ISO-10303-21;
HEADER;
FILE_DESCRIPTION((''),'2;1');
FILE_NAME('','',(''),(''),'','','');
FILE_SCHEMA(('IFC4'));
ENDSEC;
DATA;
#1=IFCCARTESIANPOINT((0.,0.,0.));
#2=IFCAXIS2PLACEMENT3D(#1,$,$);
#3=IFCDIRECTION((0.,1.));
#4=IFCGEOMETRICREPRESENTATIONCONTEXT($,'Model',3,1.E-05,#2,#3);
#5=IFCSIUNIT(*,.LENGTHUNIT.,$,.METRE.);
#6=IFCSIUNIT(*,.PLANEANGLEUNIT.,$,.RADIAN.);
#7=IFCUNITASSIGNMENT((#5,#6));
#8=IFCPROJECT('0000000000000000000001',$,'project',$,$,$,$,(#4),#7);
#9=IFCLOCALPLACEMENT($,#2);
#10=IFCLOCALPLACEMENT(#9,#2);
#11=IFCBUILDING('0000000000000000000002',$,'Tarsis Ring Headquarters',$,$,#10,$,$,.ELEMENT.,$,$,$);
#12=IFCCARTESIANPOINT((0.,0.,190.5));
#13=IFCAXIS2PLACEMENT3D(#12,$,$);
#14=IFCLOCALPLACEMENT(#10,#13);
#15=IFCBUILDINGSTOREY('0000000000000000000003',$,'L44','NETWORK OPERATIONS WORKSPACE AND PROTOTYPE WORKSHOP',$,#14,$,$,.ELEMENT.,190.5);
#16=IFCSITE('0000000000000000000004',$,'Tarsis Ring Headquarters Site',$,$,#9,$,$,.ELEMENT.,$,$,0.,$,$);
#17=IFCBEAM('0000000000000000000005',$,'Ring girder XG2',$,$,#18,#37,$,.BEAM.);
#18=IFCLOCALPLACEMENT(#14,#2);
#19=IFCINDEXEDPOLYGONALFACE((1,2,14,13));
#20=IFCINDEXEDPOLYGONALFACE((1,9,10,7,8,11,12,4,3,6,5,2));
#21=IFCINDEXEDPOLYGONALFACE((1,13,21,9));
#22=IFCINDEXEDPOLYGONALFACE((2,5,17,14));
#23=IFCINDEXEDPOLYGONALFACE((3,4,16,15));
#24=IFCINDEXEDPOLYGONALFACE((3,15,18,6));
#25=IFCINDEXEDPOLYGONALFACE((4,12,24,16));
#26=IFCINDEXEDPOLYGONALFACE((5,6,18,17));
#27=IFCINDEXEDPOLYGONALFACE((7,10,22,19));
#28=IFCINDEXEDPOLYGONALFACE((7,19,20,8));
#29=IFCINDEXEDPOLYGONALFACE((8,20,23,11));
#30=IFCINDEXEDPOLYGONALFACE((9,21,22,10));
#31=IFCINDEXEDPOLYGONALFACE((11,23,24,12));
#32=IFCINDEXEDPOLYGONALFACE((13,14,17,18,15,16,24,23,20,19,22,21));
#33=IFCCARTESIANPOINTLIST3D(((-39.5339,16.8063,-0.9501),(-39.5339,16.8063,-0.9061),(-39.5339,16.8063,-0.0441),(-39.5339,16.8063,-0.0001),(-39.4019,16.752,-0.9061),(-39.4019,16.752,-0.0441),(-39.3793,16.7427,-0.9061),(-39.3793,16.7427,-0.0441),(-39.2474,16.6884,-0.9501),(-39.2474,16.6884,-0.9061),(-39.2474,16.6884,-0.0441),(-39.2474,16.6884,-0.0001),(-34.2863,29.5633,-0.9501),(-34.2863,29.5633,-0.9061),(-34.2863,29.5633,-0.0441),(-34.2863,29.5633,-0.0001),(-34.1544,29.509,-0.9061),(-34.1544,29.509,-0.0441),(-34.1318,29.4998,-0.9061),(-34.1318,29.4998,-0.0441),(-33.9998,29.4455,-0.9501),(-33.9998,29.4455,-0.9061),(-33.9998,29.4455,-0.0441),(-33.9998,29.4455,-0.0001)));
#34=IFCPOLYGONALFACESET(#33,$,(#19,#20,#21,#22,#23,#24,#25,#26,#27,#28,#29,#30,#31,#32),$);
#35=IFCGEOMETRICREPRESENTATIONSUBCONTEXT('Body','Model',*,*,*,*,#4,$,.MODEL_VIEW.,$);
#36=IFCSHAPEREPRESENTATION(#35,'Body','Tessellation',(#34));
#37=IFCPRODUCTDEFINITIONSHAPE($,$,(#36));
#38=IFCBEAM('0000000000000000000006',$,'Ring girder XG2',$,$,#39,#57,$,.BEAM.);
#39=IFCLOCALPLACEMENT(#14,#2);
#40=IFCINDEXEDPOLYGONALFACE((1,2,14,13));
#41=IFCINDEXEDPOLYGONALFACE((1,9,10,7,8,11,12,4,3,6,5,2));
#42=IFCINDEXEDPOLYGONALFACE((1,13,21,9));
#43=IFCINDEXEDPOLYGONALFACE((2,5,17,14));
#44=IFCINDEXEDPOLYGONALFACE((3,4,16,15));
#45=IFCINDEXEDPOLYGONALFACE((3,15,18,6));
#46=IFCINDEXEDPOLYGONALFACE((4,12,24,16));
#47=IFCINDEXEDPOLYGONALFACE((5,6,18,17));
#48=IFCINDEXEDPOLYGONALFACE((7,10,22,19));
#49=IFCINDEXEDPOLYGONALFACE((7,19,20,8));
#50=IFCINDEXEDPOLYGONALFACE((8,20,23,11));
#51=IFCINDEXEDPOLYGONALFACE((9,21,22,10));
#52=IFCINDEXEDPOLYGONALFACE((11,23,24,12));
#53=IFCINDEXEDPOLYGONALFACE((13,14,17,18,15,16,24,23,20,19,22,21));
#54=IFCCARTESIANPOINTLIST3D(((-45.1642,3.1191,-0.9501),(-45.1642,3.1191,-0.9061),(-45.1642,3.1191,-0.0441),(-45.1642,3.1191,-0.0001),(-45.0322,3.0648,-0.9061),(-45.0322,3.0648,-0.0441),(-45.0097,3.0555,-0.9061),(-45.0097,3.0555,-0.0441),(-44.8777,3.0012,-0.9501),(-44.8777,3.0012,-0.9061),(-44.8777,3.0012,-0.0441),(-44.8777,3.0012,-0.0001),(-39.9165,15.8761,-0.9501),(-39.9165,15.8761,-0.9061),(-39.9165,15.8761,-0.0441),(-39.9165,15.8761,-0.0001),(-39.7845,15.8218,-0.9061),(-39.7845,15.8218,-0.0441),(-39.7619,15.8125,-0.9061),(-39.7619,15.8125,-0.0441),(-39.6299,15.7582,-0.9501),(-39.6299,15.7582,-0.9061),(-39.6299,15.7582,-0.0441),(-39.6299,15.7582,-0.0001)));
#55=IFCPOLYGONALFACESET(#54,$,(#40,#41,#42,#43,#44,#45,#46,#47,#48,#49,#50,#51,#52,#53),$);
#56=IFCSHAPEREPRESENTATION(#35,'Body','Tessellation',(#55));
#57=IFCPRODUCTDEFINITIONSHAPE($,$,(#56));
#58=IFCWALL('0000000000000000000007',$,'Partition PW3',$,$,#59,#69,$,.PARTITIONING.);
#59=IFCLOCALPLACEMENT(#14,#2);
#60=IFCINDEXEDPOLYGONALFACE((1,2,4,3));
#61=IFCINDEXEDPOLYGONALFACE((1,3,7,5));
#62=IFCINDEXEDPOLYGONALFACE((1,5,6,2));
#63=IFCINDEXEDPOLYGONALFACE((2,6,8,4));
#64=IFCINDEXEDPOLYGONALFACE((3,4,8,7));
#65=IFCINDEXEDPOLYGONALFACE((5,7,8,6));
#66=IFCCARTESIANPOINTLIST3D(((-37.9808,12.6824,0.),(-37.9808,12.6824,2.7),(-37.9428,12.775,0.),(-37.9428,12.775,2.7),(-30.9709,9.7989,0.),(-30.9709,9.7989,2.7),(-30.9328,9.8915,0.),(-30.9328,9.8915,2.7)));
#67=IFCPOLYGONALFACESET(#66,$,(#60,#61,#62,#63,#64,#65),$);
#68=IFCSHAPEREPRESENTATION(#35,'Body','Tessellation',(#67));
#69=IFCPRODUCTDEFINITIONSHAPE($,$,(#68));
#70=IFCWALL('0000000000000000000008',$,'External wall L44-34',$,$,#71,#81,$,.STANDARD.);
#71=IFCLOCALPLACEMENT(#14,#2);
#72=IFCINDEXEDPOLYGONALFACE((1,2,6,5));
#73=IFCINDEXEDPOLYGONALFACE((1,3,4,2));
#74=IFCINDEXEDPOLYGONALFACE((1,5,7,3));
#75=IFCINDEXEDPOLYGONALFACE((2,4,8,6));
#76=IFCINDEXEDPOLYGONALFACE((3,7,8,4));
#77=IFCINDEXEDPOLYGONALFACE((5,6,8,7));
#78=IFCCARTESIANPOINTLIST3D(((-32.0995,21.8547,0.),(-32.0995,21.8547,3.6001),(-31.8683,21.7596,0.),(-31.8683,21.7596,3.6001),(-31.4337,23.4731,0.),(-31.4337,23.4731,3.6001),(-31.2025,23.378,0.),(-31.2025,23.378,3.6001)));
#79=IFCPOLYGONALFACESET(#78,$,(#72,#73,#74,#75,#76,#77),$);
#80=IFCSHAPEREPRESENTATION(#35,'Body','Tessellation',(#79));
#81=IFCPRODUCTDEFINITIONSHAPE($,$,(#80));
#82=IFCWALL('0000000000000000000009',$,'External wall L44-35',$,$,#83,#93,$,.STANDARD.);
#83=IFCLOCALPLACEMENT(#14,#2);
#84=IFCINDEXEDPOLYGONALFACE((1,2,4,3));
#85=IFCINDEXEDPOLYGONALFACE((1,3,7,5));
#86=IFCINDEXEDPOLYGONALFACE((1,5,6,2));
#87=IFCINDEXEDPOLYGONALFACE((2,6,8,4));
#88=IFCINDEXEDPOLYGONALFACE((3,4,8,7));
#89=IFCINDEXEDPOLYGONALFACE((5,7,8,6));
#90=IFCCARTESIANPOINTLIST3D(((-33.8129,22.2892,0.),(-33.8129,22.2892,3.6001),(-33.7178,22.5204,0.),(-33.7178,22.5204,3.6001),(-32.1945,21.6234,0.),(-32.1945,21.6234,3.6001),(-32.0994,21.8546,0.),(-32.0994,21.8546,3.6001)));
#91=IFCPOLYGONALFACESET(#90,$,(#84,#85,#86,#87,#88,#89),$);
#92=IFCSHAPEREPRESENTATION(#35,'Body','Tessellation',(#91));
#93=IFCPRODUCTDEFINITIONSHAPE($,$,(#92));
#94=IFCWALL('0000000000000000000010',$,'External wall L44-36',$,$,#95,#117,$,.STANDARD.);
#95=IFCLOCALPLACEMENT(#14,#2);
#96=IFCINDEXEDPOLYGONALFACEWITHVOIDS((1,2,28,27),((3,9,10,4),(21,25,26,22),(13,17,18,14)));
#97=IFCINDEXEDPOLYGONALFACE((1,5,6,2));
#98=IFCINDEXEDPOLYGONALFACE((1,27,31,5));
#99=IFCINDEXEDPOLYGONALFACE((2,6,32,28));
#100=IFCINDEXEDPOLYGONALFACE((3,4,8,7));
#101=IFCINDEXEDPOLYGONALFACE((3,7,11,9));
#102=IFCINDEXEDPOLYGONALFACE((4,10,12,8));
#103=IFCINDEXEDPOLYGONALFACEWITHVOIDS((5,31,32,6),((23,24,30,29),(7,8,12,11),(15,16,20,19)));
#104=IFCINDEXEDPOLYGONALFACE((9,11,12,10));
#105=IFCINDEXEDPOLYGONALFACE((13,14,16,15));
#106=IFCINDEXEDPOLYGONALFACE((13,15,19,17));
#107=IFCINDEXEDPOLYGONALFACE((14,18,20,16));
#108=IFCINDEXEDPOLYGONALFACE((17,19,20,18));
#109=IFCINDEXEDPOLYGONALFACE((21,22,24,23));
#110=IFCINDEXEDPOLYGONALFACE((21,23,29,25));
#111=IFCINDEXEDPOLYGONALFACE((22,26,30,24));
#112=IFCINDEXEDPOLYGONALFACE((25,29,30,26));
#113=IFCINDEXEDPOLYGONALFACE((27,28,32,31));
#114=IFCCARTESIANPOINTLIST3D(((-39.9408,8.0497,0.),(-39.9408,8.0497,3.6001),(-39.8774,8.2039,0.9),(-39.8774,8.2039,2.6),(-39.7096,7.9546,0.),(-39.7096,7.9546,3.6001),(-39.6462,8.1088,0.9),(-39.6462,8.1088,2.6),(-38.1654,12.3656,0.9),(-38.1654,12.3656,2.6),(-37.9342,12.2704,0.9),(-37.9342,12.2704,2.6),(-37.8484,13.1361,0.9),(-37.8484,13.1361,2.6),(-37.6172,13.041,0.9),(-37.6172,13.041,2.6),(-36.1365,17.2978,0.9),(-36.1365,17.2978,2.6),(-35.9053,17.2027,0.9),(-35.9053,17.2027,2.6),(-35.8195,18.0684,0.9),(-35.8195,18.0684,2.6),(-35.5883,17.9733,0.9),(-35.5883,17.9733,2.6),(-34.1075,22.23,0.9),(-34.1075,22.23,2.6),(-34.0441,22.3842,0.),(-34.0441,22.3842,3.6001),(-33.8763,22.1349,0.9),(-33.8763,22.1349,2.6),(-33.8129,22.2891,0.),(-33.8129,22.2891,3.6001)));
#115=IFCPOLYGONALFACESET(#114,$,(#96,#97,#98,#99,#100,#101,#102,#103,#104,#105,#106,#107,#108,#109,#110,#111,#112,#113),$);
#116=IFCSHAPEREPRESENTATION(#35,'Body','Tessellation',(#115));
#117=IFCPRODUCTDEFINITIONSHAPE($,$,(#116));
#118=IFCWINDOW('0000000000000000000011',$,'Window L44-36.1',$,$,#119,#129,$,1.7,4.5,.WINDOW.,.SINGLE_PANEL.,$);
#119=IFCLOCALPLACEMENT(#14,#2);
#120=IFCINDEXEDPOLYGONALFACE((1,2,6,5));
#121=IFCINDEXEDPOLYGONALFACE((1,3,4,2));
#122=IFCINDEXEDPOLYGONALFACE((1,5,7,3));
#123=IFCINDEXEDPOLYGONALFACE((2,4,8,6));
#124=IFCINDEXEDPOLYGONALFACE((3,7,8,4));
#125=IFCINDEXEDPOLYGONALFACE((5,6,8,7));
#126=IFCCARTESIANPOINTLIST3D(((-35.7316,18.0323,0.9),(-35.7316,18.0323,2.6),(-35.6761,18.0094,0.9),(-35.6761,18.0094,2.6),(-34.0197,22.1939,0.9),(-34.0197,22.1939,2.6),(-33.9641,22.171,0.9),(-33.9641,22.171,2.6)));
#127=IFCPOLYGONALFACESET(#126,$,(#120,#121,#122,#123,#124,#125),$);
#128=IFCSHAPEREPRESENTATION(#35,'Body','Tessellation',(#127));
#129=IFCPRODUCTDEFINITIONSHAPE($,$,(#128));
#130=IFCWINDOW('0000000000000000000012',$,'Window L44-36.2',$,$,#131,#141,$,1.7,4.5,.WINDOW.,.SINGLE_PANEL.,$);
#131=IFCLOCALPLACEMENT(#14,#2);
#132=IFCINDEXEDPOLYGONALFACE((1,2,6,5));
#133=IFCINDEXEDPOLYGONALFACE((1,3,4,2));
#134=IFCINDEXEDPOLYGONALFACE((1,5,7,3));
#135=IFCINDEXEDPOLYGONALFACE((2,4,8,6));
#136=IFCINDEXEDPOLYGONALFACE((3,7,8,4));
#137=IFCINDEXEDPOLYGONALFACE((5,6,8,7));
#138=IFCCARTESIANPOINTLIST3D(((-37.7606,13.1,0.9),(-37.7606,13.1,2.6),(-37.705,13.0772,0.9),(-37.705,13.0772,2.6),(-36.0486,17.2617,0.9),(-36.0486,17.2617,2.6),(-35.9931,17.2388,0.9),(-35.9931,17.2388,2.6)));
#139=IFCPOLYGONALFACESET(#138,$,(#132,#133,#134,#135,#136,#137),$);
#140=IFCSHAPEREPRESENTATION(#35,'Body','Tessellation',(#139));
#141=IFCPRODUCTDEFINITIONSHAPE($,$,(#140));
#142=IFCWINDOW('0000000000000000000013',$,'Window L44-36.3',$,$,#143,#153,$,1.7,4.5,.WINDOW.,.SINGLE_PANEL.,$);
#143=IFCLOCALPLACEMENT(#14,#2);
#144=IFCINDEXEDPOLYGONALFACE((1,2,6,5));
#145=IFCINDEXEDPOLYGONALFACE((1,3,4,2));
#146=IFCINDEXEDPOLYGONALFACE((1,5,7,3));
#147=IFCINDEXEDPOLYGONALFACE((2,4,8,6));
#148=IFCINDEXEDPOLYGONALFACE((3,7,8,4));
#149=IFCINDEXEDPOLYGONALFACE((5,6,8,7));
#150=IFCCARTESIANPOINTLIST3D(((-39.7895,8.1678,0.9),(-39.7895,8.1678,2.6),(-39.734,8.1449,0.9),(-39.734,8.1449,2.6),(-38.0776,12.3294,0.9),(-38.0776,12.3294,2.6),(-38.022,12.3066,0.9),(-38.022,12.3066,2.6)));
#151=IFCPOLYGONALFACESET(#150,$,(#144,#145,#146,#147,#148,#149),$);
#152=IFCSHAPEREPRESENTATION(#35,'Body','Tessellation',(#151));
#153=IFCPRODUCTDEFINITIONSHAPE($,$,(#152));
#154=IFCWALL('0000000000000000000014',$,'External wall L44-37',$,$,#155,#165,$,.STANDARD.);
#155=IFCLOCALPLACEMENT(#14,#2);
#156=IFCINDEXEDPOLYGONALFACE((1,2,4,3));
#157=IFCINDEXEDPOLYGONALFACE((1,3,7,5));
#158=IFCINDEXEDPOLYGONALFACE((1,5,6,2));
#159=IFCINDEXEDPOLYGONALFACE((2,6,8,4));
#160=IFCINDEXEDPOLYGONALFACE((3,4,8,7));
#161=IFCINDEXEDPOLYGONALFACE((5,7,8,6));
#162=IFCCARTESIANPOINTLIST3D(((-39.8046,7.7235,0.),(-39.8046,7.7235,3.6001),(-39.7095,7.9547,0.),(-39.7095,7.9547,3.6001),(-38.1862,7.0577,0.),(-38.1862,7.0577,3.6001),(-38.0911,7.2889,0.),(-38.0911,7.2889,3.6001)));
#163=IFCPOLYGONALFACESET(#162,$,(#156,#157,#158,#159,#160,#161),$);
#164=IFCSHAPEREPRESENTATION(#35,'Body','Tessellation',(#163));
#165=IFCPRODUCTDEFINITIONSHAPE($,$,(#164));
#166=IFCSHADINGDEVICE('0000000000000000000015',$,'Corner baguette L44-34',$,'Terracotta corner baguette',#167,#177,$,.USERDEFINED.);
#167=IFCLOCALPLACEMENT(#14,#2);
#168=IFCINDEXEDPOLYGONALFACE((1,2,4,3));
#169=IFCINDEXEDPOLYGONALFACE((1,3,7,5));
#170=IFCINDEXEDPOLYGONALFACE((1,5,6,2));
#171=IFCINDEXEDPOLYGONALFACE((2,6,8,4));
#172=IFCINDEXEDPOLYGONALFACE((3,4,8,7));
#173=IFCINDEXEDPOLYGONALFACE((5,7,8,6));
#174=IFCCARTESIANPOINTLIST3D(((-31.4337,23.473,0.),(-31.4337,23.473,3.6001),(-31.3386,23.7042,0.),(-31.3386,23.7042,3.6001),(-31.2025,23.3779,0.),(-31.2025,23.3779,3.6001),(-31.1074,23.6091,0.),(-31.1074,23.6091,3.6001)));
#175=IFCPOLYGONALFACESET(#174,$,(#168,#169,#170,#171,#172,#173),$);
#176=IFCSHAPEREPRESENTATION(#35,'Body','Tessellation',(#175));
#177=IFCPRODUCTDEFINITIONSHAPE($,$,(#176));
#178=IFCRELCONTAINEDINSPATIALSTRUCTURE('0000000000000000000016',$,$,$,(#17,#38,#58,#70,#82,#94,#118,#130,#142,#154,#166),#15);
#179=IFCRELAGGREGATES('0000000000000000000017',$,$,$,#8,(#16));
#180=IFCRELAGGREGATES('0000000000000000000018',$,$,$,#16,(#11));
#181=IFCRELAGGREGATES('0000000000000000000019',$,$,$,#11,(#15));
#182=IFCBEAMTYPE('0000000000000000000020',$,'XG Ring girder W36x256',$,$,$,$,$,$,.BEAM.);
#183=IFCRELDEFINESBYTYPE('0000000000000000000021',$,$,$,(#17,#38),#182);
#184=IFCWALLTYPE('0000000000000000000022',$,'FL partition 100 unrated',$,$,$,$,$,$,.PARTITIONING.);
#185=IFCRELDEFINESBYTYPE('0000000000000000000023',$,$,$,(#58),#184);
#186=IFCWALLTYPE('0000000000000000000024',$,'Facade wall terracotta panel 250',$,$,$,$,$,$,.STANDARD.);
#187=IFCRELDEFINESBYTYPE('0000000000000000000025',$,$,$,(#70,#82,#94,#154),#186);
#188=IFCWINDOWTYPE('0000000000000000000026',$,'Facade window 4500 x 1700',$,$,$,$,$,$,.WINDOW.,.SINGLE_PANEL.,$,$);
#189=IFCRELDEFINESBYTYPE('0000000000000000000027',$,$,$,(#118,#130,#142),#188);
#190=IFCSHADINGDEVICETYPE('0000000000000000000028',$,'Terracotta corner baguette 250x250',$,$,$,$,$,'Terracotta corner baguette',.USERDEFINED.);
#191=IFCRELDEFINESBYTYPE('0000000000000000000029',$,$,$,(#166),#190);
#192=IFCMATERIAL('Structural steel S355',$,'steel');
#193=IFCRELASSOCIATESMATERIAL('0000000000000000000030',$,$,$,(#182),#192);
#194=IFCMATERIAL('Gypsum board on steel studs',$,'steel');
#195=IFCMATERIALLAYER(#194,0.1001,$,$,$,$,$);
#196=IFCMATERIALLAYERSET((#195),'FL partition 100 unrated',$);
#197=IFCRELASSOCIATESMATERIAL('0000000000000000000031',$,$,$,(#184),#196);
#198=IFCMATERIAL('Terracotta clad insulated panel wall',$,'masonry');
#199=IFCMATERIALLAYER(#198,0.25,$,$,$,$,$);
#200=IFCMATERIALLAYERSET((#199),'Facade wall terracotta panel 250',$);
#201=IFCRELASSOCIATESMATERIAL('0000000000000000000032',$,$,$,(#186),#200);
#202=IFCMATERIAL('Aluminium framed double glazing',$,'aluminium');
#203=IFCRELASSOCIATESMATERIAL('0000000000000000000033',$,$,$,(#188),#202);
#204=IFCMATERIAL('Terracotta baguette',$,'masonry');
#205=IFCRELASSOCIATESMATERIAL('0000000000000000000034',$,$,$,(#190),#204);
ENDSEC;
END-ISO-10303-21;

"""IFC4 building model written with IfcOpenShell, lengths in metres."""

from ifc_helpers import new_model, si_unit, direction, frame, frame_2d, origin, origin_2d, place, context, subcontext, project, spatial, rectangle, i_section, extrude, material, layer, layer_set, material_profile, profile_set, type_object, element, fill, save


model = new_model("IFC4")

# Units and contexts
model_context = context("Model", 3, precision=1e-05, world=origin(), true_north=direction((0.0, 1.0)))
body_context = subcontext(model_context, "Body", "Model", "MODEL_VIEW")
ifc_project = project(units=[si_unit("LENGTHUNIT", "METRE"), si_unit("PLANEANGLEUNIT", "RADIAN")], contexts=[model_context])

# Site, building, storey
site_placement = place(None, origin())
site = spatial("IfcSite", under=ifc_project, at=site_placement, Name="Tarsis Ring Headquarters Site", CompositionType="ELEMENT", RefElevation=0.0)
building_placement = place(site_placement, origin())
building = spatial("IfcBuilding", under=site, at=building_placement, Name="Tarsis Ring Headquarters", CompositionType="ELEMENT")
storey_placement = place(building_placement, frame((0.0, 0.0, 190.5)))
storey = spatial("IfcBuildingStorey", under=building, at=storey_placement, Name="L44", Description="NETWORK OPERATIONS WORKSPACE AND PROTOTYPE WORKSHOP", CompositionType="ELEMENT", Elevation=190.5)

# Shared definitions
ifc_material_1 = material(Name="Structural steel S355", Category="steel")

# Beams
ifc_material_profile_1 = material_profile(ifc_material_1, i_section(OverallWidth=0.3098, OverallDepth=0.95, WebThickness=0.0244, FlangeThickness=0.0439, at=origin_2d()), Name="W36x256")
ifc_profile_set_1 = profile_set([ifc_material_profile_1], Name="Structural steel S355")
beam_type_1 = type_object("IfcBeamType", Name="XG Ring girder W36x256", PredefinedType="BEAM", material=ifc_profile_set_1)
for number, where, z_axis, x_axis, name in (
    (1, (-34.1431, 29.5044, -0.4751), (-0.380418, -0.924815, 0.0), (0.924815, -0.380418, 0.0), "Ring girder XG2"),
    (2, (-39.7732, 15.8171, -0.4751), (-0.380433, -0.924809, 0.0), (0.924809, -0.380433, 0.0), "Ring girder XG2"),
):
    element("IfcBeam", number, at=place(storey_placement, frame(where, z_axis=z_axis, x_axis=x_axis)), inside=storey, type_object=beam_type_1, Name=name, PredefinedType="BEAM", context=body_context, shape_type="SweptSolid", body=[
        extrude(i_section(OverallWidth=0.3098, OverallDepth=0.95, WebThickness=0.0244, FlangeThickness=0.0439, at=origin_2d()), origin(), (0.0, 0.0, 1.0), 13.7942),
    ])

# Walls
ifc_material_2 = material(Name="Gypsum board on steel studs", Category="steel")
ifc_layer_1 = layer(ifc_material_2, 0.1001)
ifc_layer_set_1 = layer_set([ifc_layer_1], Name="FL partition 100 unrated")
wall_type_1 = type_object("IfcWallType", Name="FL partition 100 unrated", PredefinedType="PARTITIONING", material=ifc_layer_set_1)
wall_1_placement = place(storey_placement, frame((-37.9619, 12.7288, 0.0), z_axis=(0.0, 0.0, 1.0), x_axis=(0.924814, -0.380419, 0.0)))
element("IfcWall", 3, at=wall_1_placement, inside=storey, type_object=wall_type_1, Name="Partition PW3", PredefinedType="PARTITIONING", context=body_context, shape_type="SweptSolid", body=[
    extrude(rectangle(XDim=7.5798, YDim=0.1001, at=frame_2d((3.79, 0.0))), origin(), (0.0, 0.0, 1.0), 2.7),
])
ifc_material_3 = material(Name="Terracotta clad insulated panel wall", Category="masonry")
ifc_layer_2 = layer(ifc_material_3, 0.25)
ifc_layer_set_2 = layer_set([ifc_layer_2], Name="Facade wall terracotta panel 250")
wall_type_2 = type_object("IfcWallType", Name="Facade wall terracotta panel 250", PredefinedType="STANDARD", material=ifc_layer_set_2)
for number, where, z_axis, x_axis, name in (
    (4, (-31.3181, 23.4255, 0.0), (0.0, 0.0, 1.0), (-0.380441, -0.924805, 0.0), "External wall L44-34"),
    (5, (-32.147, 21.739, 0.0), (0.0, 0.0, 1.0), (-0.924805, 0.380441, 0.0), "External wall L44-35"),
):
    element("IfcWall", number, at=place(storey_placement, frame(where, z_axis=z_axis, x_axis=x_axis)), inside=storey, type_object=wall_type_2, Name=name, PredefinedType="STANDARD", context=body_context, shape_type="SweptSolid", body=[
        extrude(rectangle(XDim=1.75, YDim=0.25, at=frame_2d((0.875, 0.0))), origin(), (0.0, 0.0, 1.0), 3.6001),
    ])

# Wall, openings, windows
wall_2_placement = place(storey_placement, frame((-33.9285, 22.3367, 0.0), z_axis=(0.0, 0.0, 1.0), x_axis=(-0.380435, -0.924808, 0.0)))
wall_2 = element("IfcWall", 6, at=wall_2_placement, inside=storey, type_object=wall_type_2, Name="External wall L44-36", PredefinedType="STANDARD", context=body_context, shape_type="SweptSolid", body=[
    extrude(rectangle(XDim=15.5, YDim=0.25, at=frame_2d((7.75, 0.0))), origin(), (0.0, 0.0, 1.0), 3.6001),
])
opening_1_placement = place(wall_2_placement, frame((0.1667, 0.0, 0.8999)))
opening_1 = element("IfcOpeningElement", 7, at=opening_1_placement, cuts=wall_2, PredefinedType="OPENING", context=body_context, shape_type="SweptSolid", body=[
    extrude(rectangle(XDim=4.5, YDim=1.7, at=frame_2d((2.25, 0.8501))), frame((0.0, 0.135, 0.0), z_axis=(0.0, -1.0, 0.0), x_axis=(1.0, 0.0, 0.0)), (0.0, 0.0, 1.0), 0.27),
])
opening_2_placement = place(wall_2_placement, frame((5.5, 0.0, 0.8999)))
opening_2 = element("IfcOpeningElement", 8, at=opening_2_placement, cuts=wall_2, PredefinedType="OPENING", context=body_context, shape_type="SweptSolid", body=[
    extrude(rectangle(XDim=4.5, YDim=1.7, at=frame_2d((2.25, 0.8501))), frame((0.0, 0.135, 0.0), z_axis=(0.0, -1.0, 0.0), x_axis=(1.0, 0.0, 0.0)), (0.0, 0.0, 1.0), 0.27),
])
opening_3_placement = place(wall_2_placement, frame((10.8333, 0.0, 0.8999)))
opening_3 = element("IfcOpeningElement", 9, at=opening_3_placement, cuts=wall_2, PredefinedType="OPENING", context=body_context, shape_type="SweptSolid", body=[
    extrude(rectangle(XDim=4.5, YDim=1.7, at=frame_2d((2.25, 0.8501))), frame((0.0, 0.135, 0.0), z_axis=(0.0, -1.0, 0.0), x_axis=(1.0, 0.0, 0.0)), (0.0, 0.0, 1.0), 0.27),
])
ifc_material_4 = material(Name="Aluminium framed double glazing", Category="aluminium")
window_type = type_object("IfcWindowType", Name="Facade window 4500 x 1700", PartitioningType="SINGLE_PANEL", PredefinedType="WINDOW", material=ifc_material_4)
window_1_placement = place(opening_1_placement, origin())
window_1 = element("IfcWindow", 10, at=window_1_placement, inside=storey, type_object=window_type, Name="Window L44-36.1", OverallHeight=1.7, OverallWidth=4.5, PartitioningType="SINGLE_PANEL", PredefinedType="WINDOW", context=body_context, shape_type="SweptSolid", body=[
    extrude(rectangle(XDim=4.5, YDim=1.7, at=frame_2d((2.25, 0.8501))), frame((0.0, 0.03, 0.0), z_axis=(0.0, -1.0, 0.0), x_axis=(1.0, 0.0, 0.0)), (0.0, 0.0, 1.0), 0.0601),
])
fill(opening_1, window_1)
window_2_placement = place(opening_2_placement, origin())
window_2 = element("IfcWindow", 11, at=window_2_placement, inside=storey, type_object=window_type, Name="Window L44-36.2", OverallHeight=1.7, OverallWidth=4.5, PartitioningType="SINGLE_PANEL", PredefinedType="WINDOW", context=body_context, shape_type="SweptSolid", body=[
    extrude(rectangle(XDim=4.5, YDim=1.7, at=frame_2d((2.25, 0.8501))), frame((0.0, 0.03, 0.0), z_axis=(0.0, -1.0, 0.0), x_axis=(1.0, 0.0, 0.0)), (0.0, 0.0, 1.0), 0.0601),
])
fill(opening_2, window_2)
window_3_placement = place(opening_3_placement, origin())
window_3 = element("IfcWindow", 12, at=window_3_placement, inside=storey, type_object=window_type, Name="Window L44-36.3", OverallHeight=1.7, OverallWidth=4.5, PartitioningType="SINGLE_PANEL", PredefinedType="WINDOW", context=body_context, shape_type="SweptSolid", body=[
    extrude(rectangle(XDim=4.5, YDim=1.7, at=frame_2d((2.25, 0.8501))), frame((0.0, 0.03, 0.0), z_axis=(0.0, -1.0, 0.0), x_axis=(1.0, 0.0, 0.0)), (0.0, 0.0, 1.0), 0.0601),
])
fill(opening_3, window_3)

# Wall
wall_3_placement = place(storey_placement, frame((-39.7571, 7.8391, 0.0), z_axis=(0.0, 0.0, 1.0), x_axis=(0.924805, -0.380441, 0.0)))
element("IfcWall", 13, at=wall_3_placement, inside=storey, type_object=wall_type_2, Name="External wall L44-37", PredefinedType="STANDARD", context=body_context, shape_type="SweptSolid", body=[
    extrude(rectangle(XDim=1.75, YDim=0.25, at=frame_2d((0.875, 0.0))), origin(), (0.0, 0.0, 1.0), 3.6001),
])

# Shading device
ifc_material_5 = material(Name="Terracotta baguette", Category="masonry")
shading_device_type = type_object("IfcShadingDeviceType", Name="Terracotta corner baguette 250x250", ElementType="Terracotta corner baguette", PredefinedType="USERDEFINED", material=ifc_material_5)
for number, where, z_axis, x_axis, name in (
    (14, (-31.2705, 23.541, 0.0), (0.0, 0.0, 1.0), (-0.924812, 0.380425, 0.0), "Corner baguette L44-34"),
):
    element("IfcShadingDevice", number, at=place(storey_placement, frame(where, z_axis=z_axis, x_axis=x_axis)), inside=storey, type_object=shading_device_type, Name=name, ObjectType="Terracotta corner baguette", PredefinedType="USERDEFINED", context=body_context, shape_type="SweptSolid", body=[
        extrude(rectangle(XDim=0.25, YDim=0.25, at=origin_2d()), origin(), (0.0, 0.0, 1.0), 3.6001),
    ])

save(model, "model.ifc")
